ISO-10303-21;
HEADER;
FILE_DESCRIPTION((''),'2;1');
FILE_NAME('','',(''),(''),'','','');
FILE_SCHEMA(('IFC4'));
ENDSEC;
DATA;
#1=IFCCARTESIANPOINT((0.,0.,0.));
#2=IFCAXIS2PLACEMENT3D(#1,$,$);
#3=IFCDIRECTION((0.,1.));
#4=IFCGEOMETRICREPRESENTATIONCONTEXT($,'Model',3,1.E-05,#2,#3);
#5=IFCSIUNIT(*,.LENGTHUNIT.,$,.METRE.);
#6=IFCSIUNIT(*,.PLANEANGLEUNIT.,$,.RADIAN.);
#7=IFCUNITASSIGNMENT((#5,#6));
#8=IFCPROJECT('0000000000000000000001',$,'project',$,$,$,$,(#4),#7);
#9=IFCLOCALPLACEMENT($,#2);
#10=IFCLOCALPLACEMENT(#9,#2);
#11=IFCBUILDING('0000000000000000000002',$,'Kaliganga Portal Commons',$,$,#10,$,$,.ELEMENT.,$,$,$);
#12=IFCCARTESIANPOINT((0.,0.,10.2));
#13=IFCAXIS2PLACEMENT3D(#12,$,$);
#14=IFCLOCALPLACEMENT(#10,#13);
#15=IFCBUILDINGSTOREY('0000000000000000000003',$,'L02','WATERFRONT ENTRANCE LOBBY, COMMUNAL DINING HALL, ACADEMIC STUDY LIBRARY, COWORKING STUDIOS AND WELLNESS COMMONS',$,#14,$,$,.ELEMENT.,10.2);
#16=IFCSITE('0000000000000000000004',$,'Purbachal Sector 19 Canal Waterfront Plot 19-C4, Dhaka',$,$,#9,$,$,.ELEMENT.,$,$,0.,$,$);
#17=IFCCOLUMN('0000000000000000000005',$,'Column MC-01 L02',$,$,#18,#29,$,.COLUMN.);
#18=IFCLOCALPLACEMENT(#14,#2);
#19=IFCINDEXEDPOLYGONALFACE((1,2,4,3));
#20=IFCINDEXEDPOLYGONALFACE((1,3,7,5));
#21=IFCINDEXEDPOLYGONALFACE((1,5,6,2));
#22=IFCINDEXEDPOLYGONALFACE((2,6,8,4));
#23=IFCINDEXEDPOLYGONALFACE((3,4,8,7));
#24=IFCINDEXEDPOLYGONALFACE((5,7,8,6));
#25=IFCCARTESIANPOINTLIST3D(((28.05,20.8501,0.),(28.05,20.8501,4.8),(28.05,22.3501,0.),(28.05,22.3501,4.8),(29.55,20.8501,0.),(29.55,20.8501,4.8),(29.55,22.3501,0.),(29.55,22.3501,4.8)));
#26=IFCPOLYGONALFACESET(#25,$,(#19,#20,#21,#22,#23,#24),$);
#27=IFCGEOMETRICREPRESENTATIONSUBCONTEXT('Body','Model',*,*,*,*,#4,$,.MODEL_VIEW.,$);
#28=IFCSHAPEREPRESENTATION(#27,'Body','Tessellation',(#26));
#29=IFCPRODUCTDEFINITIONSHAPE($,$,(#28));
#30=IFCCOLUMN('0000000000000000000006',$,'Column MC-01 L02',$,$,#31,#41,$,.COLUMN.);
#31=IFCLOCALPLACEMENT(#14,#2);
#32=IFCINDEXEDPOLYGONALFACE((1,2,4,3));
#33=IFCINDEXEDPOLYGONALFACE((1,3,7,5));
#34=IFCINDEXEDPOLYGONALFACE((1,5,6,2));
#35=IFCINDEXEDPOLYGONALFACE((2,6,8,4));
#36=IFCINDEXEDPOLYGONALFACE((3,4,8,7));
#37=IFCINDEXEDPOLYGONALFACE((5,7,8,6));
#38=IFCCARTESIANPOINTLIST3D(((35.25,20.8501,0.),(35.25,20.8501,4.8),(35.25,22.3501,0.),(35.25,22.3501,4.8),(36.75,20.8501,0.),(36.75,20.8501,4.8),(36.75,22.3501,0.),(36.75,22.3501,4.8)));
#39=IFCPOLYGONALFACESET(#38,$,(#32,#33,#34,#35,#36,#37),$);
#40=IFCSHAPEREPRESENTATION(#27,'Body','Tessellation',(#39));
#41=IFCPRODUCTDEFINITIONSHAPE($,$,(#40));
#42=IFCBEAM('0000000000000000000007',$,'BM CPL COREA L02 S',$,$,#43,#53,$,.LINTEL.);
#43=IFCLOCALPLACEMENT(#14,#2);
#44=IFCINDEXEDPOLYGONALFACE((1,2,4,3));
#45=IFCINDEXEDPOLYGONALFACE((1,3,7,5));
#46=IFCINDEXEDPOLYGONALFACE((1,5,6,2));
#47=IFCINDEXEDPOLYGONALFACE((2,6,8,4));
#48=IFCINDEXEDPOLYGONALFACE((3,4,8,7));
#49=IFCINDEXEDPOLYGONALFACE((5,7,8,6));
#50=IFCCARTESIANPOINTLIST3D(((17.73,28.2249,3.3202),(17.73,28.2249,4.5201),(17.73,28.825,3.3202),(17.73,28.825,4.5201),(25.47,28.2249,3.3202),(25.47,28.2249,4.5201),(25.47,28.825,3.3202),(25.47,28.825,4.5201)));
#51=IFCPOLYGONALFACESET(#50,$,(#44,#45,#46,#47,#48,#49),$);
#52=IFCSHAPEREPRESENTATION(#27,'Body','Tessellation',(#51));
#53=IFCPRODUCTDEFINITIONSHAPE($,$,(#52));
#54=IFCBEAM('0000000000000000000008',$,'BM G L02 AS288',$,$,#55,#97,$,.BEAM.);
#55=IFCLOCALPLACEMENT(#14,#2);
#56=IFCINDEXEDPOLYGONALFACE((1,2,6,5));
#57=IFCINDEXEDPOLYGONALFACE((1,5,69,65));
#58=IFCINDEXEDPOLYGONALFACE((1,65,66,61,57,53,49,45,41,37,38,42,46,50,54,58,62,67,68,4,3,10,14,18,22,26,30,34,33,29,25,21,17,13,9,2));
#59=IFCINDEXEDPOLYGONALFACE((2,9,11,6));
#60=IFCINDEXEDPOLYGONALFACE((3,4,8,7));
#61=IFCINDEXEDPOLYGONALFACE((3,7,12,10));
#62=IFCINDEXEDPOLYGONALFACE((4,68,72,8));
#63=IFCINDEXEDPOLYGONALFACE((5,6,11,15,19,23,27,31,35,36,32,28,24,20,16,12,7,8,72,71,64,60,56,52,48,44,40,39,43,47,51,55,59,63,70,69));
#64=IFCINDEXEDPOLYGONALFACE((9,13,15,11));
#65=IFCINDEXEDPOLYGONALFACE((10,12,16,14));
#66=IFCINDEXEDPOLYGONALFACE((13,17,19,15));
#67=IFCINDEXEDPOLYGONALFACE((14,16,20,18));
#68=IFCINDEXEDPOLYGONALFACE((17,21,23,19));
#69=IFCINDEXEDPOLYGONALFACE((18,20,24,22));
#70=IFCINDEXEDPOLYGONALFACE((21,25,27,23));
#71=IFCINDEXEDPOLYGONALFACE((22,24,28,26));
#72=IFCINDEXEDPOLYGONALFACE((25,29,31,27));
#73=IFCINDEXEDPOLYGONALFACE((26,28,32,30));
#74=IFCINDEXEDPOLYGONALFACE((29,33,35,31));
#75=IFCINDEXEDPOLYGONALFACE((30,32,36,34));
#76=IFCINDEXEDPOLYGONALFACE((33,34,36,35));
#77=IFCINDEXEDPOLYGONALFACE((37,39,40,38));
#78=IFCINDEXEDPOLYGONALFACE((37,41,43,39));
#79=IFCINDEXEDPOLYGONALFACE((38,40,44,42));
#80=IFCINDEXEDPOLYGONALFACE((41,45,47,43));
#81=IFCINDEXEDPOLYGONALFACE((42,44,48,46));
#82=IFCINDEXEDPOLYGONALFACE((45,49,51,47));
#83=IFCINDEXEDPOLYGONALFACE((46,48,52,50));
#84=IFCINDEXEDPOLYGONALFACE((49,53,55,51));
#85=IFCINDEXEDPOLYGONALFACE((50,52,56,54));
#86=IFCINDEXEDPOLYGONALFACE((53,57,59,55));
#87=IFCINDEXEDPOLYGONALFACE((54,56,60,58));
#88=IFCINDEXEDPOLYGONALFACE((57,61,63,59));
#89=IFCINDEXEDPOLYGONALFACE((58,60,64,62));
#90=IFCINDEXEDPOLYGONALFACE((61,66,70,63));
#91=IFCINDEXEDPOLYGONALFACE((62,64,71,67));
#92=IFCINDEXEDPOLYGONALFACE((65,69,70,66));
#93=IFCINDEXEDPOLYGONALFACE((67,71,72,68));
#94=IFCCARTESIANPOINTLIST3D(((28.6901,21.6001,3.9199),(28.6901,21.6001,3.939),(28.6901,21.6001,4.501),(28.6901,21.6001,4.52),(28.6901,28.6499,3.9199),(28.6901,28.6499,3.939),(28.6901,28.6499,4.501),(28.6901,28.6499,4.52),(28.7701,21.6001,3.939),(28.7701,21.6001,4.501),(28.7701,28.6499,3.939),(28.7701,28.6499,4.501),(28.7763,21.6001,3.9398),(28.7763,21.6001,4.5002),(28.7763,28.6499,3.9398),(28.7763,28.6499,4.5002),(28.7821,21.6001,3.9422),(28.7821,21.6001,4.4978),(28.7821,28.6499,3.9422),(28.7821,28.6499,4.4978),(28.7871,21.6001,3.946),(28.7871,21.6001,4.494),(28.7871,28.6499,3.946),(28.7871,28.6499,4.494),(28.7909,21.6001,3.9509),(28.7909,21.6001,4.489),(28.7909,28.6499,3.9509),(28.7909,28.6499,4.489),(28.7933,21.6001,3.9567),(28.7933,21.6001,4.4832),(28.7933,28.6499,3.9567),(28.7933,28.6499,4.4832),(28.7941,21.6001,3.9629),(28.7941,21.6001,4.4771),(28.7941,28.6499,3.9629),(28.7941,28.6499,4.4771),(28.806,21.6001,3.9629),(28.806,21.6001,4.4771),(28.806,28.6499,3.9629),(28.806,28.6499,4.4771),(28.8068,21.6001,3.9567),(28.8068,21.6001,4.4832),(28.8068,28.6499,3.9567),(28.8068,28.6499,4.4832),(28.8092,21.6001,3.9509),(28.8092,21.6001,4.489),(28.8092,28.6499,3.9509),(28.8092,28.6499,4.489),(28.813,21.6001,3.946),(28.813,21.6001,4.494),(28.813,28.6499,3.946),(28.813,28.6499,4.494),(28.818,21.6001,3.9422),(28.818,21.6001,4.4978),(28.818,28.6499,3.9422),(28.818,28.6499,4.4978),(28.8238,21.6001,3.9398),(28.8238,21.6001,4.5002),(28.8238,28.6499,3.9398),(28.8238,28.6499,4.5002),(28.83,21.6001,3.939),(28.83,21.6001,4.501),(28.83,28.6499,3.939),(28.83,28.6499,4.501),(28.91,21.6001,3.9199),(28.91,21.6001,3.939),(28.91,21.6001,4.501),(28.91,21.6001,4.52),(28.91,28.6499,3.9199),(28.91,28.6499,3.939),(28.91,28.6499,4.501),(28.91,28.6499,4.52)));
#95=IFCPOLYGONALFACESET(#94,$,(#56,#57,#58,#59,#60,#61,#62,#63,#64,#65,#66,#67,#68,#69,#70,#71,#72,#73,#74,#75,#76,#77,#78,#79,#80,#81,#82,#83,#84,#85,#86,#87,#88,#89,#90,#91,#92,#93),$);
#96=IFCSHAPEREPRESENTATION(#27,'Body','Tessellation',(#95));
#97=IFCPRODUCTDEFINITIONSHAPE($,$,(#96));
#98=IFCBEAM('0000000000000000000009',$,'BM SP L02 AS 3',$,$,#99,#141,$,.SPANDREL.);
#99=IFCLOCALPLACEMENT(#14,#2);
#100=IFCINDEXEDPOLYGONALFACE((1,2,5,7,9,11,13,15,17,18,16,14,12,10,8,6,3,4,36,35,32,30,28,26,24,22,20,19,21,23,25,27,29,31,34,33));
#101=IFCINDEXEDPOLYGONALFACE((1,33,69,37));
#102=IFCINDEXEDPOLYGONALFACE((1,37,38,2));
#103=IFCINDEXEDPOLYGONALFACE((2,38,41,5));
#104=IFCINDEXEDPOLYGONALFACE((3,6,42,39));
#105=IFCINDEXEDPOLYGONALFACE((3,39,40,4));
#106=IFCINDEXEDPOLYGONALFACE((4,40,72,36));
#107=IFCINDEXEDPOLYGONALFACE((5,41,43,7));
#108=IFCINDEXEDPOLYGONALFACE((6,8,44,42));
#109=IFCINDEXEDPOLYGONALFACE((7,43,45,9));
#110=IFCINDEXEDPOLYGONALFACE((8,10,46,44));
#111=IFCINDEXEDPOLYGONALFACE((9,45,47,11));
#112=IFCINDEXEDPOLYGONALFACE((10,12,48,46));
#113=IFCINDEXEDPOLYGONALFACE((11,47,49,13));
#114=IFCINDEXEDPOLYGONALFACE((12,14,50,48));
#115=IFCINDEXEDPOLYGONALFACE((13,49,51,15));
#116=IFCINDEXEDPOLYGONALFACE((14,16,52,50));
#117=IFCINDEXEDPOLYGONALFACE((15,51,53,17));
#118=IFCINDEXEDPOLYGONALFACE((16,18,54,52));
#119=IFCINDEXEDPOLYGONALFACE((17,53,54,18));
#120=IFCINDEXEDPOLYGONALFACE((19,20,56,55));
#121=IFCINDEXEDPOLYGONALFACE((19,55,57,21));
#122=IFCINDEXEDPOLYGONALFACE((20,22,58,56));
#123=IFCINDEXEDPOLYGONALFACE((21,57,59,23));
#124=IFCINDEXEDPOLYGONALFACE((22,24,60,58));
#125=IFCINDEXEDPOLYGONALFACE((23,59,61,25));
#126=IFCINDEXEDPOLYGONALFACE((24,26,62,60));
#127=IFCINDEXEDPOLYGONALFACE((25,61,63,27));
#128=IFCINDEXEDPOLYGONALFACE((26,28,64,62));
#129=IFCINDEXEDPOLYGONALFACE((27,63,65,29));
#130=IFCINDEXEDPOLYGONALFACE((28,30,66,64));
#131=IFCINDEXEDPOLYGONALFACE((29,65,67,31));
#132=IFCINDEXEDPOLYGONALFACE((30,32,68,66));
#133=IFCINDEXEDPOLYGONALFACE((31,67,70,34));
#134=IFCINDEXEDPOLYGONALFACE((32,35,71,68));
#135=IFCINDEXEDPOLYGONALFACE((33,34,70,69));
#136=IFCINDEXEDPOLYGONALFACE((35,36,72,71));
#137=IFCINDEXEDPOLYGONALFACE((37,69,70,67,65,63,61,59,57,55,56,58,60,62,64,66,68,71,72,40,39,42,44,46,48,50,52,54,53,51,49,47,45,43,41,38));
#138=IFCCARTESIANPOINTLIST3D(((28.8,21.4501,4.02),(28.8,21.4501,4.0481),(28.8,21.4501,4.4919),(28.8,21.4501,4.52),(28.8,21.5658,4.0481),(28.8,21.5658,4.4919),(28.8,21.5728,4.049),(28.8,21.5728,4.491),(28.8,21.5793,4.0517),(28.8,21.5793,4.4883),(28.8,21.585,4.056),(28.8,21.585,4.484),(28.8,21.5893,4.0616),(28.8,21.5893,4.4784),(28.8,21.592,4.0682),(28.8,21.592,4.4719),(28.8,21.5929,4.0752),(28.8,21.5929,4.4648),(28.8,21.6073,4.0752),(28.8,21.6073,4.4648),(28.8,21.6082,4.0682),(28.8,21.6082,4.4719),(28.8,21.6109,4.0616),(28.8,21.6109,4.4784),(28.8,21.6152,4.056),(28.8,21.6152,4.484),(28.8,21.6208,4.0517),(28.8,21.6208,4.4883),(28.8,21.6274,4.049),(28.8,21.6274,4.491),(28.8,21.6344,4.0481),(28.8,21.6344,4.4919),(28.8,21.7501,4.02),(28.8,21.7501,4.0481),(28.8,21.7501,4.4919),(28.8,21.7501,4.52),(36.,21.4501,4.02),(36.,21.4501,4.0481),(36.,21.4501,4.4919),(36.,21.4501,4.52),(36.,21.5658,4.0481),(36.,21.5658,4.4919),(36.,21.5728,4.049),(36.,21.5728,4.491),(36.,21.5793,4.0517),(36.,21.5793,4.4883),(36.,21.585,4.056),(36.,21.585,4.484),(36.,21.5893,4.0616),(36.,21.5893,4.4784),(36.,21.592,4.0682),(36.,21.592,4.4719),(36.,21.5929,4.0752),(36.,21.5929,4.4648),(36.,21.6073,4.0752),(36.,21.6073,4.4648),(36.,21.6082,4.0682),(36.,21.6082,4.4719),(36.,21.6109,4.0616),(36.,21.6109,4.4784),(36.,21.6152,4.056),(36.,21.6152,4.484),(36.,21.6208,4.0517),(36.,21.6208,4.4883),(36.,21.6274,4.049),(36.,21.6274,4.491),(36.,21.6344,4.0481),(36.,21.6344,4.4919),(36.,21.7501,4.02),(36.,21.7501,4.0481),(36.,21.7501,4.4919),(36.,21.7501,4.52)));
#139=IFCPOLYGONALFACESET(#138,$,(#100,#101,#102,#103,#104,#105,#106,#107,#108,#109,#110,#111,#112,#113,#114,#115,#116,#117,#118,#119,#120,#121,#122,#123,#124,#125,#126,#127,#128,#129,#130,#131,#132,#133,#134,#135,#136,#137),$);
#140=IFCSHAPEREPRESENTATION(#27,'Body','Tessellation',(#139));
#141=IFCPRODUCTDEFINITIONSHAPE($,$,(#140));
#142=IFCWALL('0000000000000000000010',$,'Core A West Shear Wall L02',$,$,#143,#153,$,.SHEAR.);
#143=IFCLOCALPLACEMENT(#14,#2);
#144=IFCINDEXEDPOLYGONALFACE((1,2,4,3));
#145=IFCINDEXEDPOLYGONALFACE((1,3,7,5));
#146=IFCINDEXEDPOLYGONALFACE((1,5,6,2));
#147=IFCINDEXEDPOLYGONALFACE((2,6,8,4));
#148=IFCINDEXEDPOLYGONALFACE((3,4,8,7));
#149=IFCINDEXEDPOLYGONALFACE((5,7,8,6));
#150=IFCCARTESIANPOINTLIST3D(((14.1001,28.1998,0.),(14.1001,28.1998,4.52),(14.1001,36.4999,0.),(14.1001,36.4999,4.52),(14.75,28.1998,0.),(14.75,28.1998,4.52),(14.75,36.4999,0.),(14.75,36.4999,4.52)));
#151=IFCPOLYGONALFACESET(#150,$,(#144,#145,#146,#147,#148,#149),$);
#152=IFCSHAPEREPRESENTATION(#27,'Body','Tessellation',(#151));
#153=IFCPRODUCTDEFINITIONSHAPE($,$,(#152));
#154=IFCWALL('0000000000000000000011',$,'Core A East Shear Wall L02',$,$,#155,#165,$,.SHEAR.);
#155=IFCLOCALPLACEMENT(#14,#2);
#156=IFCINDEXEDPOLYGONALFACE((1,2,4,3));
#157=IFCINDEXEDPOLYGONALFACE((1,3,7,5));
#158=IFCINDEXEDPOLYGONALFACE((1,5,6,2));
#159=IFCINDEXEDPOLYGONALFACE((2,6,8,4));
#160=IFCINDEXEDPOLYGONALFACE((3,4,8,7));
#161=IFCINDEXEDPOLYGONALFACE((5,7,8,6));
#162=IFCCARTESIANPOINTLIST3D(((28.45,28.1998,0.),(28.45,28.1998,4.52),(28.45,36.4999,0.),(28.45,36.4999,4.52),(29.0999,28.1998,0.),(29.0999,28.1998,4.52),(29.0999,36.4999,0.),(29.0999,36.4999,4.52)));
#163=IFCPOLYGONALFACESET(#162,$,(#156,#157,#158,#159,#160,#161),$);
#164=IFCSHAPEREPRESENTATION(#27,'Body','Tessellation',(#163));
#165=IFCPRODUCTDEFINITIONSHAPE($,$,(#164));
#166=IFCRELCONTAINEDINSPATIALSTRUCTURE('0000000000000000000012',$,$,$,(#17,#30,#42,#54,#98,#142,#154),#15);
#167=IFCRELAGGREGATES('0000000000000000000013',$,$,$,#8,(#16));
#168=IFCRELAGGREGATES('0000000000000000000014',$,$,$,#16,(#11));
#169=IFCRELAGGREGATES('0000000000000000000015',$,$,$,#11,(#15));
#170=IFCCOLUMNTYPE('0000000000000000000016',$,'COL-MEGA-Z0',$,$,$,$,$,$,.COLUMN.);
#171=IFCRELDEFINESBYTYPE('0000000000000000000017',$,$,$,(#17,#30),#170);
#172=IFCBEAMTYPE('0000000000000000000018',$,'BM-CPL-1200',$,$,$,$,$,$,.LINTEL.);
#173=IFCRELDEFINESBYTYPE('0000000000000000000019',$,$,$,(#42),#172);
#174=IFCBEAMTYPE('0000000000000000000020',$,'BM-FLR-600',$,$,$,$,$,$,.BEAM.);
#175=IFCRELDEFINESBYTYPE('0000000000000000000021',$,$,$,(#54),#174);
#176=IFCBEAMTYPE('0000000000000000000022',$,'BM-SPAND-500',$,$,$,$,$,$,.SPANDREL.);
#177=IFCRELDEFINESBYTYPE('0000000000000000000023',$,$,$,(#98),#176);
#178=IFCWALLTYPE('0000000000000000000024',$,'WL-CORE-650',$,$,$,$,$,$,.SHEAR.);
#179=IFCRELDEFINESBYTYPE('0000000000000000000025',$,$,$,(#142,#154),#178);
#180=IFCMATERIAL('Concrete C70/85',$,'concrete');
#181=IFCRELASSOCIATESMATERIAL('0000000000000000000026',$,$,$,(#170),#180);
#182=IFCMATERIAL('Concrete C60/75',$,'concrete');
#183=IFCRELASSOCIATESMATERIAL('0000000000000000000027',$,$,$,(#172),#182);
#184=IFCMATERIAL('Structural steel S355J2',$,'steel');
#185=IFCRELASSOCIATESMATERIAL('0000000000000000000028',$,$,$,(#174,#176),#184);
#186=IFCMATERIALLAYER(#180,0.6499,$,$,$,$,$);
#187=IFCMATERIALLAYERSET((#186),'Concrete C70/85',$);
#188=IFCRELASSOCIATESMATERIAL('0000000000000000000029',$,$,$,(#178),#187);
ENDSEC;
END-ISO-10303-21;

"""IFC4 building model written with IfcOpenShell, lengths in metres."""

from ifc_helpers import new_model, si_unit, direction, frame, frame_2d, origin, origin_2d, place, context, subcontext, project, spatial, rectangle, i_section, extrude, source, transform, mapped, material, layer, layer_set, material_profile, profile_set, type_object, element, save


model = new_model("IFC4")

# Units and contexts
model_context = context("Model", 3, precision=1e-05, world=origin(), true_north=direction((0.0, 1.0)))
body_context = subcontext(model_context, "Body", "Model", "MODEL_VIEW")
ifc_project = project(units=[si_unit("LENGTHUNIT", "METRE"), si_unit("PLANEANGLEUNIT", "RADIAN")], contexts=[model_context])

# Site, building, storey
site_placement = place(None, origin())
site = spatial("IfcSite", under=ifc_project, at=site_placement, Name="Purbachal Sector 19 Canal Waterfront Plot 19-C4, Dhaka", CompositionType="ELEMENT", RefElevation=0.0)
building_placement = place(site_placement, origin())
building = spatial("IfcBuilding", under=site, at=building_placement, Name="Kaliganga Portal Commons", CompositionType="ELEMENT")
storey_placement = place(building_placement, frame((0.0, 0.0, 10.2)))
storey = spatial("IfcBuildingStorey", under=building, at=storey_placement, Name="L02", Description="WATERFRONT ENTRANCE LOBBY, COMMUNAL DINING HALL, ACADEMIC STUDY LIBRARY, COWORKING STUDIOS AND WELLNESS COMMONS", CompositionType="ELEMENT", Elevation=10.2)

# Columns
ifc_material_1 = material(Name="Concrete C70/85", Category="concrete")
ifc_material_profile_1 = material_profile(ifc_material_1, rectangle(XDim=1.5, YDim=1.5, at=origin_2d()), Name="RC 1500x1500")
ifc_profile_set_1 = profile_set([ifc_material_profile_1], Name="Concrete C70/85")
column_type = type_object("IfcColumnType", Name="COL-MEGA-Z0", PredefinedType="COLUMN", material=ifc_profile_set_1)
shared_shape_1 = source(origin(), body_context, "Body", "SweptSolid", [
    extrude(rectangle(XDim=1.5, YDim=1.5, at=origin_2d()), origin(), (0.0, 0.0, 1.0), 4.8),
])
for number, where, z_axis, x_axis, name in (
    (1, (28.8, 21.6001, 0.0), (0.0, 0.0, 1.0), (1.0, 0.0, 0.0), "Column MC-01 L02"),
    (2, (36.0, 21.6001, 0.0), (0.0, 0.0, 1.0), (1.0, 0.0, 0.0), "Column MC-01 L02"),
):
    element("IfcColumn", number, at=place(storey_placement, frame(where, z_axis=z_axis, x_axis=x_axis)), inside=storey, type_object=column_type, Name=name, PredefinedType="COLUMN", context=body_context, shape_type="MappedRepresentation", body=[
        mapped(shared_shape_1, transform((0.0, 0.0, 0.0), x_axis=(1.0, 0.0, 0.0), y_axis=(0.0, 1.0, 0.0), z_axis=(0.0, 0.0, 1.0), scale=1.0)),
    ])

# Beams
ifc_material_2 = material(Name="Concrete C60/75", Category="concrete")
ifc_material_profile_2 = material_profile(ifc_material_2, rectangle(XDim=0.6001, YDim=1.2, at=origin_2d()), Name="RC 600x1200")
ifc_profile_set_2 = profile_set([ifc_material_profile_2], Name="Concrete C60/75")
beam_type_1 = type_object("IfcBeamType", Name="BM-CPL-1200", PredefinedType="LINTEL", material=ifc_profile_set_2)
shared_shape_2 = source(origin(), body_context, "Body", "SweptSolid", [
    extrude(rectangle(XDim=0.6001, YDim=1.2, at=origin_2d()), origin(), (0.0, 0.0, 1.0), 7.74),
])
beam_1_placement = place(storey_placement, frame((17.73, 28.5249, 3.9202), z_axis=(1.0, 0.0, 0.0), x_axis=(0.0, 1.0, 0.0)))
element("IfcBeam", 3, at=beam_1_placement, inside=storey, type_object=beam_type_1, Name="BM CPL COREA L02 S", PredefinedType="LINTEL", context=body_context, shape_type="MappedRepresentation", body=[
    mapped(shared_shape_2, transform((0.0, 0.0, 0.0), x_axis=(1.0, 0.0, 0.0), y_axis=(0.0, 1.0, 0.0), z_axis=(0.0, 0.0, 1.0), scale=1.0)),
])
ifc_material_3 = material(Name="Structural steel S355J2", Category="steel")
ifc_material_profile_3 = material_profile(ifc_material_3, i_section(OverallWidth=0.22, OverallDepth=0.6001, WebThickness=0.012, FlangeThickness=0.019, FilletRadius=0.0239, at=origin_2d()), Name="IPE 600")
ifc_profile_set_3 = profile_set([ifc_material_profile_3], Name="Structural steel S355J2 wide-flange")
beam_type_2 = type_object("IfcBeamType", Name="BM-FLR-600", PredefinedType="BEAM", material=ifc_profile_set_3)
shared_shape_3 = source(origin(), body_context, "Body", "SweptSolid", [
    extrude(i_section(OverallWidth=0.22, OverallDepth=0.6001, WebThickness=0.012, FlangeThickness=0.019, FilletRadius=0.0239, at=origin_2d()), origin(), (0.0, 0.0, 1.0), 7.0498),
])
beam_2_placement = place(storey_placement, frame((28.8, 21.6001, 4.22), z_axis=(0.0, 1.0, 0.0), x_axis=(-1.0, 0.0, 0.0)))
element("IfcBeam", 4, at=beam_2_placement, inside=storey, type_object=beam_type_2, Name="BM G L02 AS288", PredefinedType="BEAM", context=body_context, shape_type="MappedRepresentation", body=[
    mapped(shared_shape_3, transform((0.0, 0.0, 0.0), x_axis=(1.0, 0.0, 0.0), y_axis=(0.0, 1.0, 0.0), z_axis=(0.0, 0.0, 1.0), scale=1.0)),
])
ifc_material_profile_4 = material_profile(ifc_material_3, i_section(OverallWidth=0.3, OverallDepth=0.5, WebThickness=0.0144, FlangeThickness=0.0281, FilletRadius=0.0271, at=origin_2d()), Name="HE 500 B")
ifc_profile_set_4 = profile_set([ifc_material_profile_4], Name="Structural steel S355J2 wide-flange")
beam_type_3 = type_object("IfcBeamType", Name="BM-SPAND-500", PredefinedType="SPANDREL", material=ifc_profile_set_4)
shared_shape_4 = source(origin(), body_context, "Body", "SweptSolid", [
    extrude(i_section(OverallWidth=0.3, OverallDepth=0.5, WebThickness=0.0144, FlangeThickness=0.0281, FilletRadius=0.0271, at=origin_2d()), origin(), (0.0, 0.0, 1.0), 7.2),
])
beam_3_placement = place(storey_placement, frame((28.8, 21.6001, 4.27), z_axis=(1.0, 0.0, 0.0), x_axis=(0.0, 1.0, 0.0)))
element("IfcBeam", 5, at=beam_3_placement, inside=storey, type_object=beam_type_3, Name="BM SP L02 AS 3", PredefinedType="SPANDREL", context=body_context, shape_type="MappedRepresentation", body=[
    mapped(shared_shape_4, transform((0.0, 0.0, 0.0), x_axis=(1.0, 0.0, 0.0), y_axis=(0.0, 1.0, 0.0), z_axis=(0.0, 0.0, 1.0), scale=1.0)),
])

# Walls
ifc_layer_1 = layer(ifc_material_1, 0.6499)
ifc_layer_set_1 = layer_set([ifc_layer_1], Name="Concrete C70/85")
wall_type_1 = type_object("IfcWallType", Name="WL-CORE-650", PredefinedType="SHEAR", material=ifc_layer_set_1)
for number, where, z_axis, x_axis, name in (
    (6, (14.425, 28.2, 0.0), (0.0, 0.0, 1.0), (0.0, 1.0, 0.0), "Core A West Shear Wall L02"),
    (7, (28.7749, 28.2, 0.0), (0.0, 0.0, 1.0), (0.0, 1.0, 0.0), "Core A East Shear Wall L02"),
):
    element("IfcWall", number, at=place(storey_placement, frame(where, z_axis=z_axis, x_axis=x_axis)), inside=storey, type_object=wall_type_1, Name=name, PredefinedType="SHEAR", context=body_context, shape_type="SweptSolid", body=[
        extrude(rectangle(XDim=8.3, YDim=0.6499, at=frame_2d((4.1499, 0.0))), origin(), (0.0, 0.0, 1.0), 4.52),
    ])

save(model, "model.ifc")
